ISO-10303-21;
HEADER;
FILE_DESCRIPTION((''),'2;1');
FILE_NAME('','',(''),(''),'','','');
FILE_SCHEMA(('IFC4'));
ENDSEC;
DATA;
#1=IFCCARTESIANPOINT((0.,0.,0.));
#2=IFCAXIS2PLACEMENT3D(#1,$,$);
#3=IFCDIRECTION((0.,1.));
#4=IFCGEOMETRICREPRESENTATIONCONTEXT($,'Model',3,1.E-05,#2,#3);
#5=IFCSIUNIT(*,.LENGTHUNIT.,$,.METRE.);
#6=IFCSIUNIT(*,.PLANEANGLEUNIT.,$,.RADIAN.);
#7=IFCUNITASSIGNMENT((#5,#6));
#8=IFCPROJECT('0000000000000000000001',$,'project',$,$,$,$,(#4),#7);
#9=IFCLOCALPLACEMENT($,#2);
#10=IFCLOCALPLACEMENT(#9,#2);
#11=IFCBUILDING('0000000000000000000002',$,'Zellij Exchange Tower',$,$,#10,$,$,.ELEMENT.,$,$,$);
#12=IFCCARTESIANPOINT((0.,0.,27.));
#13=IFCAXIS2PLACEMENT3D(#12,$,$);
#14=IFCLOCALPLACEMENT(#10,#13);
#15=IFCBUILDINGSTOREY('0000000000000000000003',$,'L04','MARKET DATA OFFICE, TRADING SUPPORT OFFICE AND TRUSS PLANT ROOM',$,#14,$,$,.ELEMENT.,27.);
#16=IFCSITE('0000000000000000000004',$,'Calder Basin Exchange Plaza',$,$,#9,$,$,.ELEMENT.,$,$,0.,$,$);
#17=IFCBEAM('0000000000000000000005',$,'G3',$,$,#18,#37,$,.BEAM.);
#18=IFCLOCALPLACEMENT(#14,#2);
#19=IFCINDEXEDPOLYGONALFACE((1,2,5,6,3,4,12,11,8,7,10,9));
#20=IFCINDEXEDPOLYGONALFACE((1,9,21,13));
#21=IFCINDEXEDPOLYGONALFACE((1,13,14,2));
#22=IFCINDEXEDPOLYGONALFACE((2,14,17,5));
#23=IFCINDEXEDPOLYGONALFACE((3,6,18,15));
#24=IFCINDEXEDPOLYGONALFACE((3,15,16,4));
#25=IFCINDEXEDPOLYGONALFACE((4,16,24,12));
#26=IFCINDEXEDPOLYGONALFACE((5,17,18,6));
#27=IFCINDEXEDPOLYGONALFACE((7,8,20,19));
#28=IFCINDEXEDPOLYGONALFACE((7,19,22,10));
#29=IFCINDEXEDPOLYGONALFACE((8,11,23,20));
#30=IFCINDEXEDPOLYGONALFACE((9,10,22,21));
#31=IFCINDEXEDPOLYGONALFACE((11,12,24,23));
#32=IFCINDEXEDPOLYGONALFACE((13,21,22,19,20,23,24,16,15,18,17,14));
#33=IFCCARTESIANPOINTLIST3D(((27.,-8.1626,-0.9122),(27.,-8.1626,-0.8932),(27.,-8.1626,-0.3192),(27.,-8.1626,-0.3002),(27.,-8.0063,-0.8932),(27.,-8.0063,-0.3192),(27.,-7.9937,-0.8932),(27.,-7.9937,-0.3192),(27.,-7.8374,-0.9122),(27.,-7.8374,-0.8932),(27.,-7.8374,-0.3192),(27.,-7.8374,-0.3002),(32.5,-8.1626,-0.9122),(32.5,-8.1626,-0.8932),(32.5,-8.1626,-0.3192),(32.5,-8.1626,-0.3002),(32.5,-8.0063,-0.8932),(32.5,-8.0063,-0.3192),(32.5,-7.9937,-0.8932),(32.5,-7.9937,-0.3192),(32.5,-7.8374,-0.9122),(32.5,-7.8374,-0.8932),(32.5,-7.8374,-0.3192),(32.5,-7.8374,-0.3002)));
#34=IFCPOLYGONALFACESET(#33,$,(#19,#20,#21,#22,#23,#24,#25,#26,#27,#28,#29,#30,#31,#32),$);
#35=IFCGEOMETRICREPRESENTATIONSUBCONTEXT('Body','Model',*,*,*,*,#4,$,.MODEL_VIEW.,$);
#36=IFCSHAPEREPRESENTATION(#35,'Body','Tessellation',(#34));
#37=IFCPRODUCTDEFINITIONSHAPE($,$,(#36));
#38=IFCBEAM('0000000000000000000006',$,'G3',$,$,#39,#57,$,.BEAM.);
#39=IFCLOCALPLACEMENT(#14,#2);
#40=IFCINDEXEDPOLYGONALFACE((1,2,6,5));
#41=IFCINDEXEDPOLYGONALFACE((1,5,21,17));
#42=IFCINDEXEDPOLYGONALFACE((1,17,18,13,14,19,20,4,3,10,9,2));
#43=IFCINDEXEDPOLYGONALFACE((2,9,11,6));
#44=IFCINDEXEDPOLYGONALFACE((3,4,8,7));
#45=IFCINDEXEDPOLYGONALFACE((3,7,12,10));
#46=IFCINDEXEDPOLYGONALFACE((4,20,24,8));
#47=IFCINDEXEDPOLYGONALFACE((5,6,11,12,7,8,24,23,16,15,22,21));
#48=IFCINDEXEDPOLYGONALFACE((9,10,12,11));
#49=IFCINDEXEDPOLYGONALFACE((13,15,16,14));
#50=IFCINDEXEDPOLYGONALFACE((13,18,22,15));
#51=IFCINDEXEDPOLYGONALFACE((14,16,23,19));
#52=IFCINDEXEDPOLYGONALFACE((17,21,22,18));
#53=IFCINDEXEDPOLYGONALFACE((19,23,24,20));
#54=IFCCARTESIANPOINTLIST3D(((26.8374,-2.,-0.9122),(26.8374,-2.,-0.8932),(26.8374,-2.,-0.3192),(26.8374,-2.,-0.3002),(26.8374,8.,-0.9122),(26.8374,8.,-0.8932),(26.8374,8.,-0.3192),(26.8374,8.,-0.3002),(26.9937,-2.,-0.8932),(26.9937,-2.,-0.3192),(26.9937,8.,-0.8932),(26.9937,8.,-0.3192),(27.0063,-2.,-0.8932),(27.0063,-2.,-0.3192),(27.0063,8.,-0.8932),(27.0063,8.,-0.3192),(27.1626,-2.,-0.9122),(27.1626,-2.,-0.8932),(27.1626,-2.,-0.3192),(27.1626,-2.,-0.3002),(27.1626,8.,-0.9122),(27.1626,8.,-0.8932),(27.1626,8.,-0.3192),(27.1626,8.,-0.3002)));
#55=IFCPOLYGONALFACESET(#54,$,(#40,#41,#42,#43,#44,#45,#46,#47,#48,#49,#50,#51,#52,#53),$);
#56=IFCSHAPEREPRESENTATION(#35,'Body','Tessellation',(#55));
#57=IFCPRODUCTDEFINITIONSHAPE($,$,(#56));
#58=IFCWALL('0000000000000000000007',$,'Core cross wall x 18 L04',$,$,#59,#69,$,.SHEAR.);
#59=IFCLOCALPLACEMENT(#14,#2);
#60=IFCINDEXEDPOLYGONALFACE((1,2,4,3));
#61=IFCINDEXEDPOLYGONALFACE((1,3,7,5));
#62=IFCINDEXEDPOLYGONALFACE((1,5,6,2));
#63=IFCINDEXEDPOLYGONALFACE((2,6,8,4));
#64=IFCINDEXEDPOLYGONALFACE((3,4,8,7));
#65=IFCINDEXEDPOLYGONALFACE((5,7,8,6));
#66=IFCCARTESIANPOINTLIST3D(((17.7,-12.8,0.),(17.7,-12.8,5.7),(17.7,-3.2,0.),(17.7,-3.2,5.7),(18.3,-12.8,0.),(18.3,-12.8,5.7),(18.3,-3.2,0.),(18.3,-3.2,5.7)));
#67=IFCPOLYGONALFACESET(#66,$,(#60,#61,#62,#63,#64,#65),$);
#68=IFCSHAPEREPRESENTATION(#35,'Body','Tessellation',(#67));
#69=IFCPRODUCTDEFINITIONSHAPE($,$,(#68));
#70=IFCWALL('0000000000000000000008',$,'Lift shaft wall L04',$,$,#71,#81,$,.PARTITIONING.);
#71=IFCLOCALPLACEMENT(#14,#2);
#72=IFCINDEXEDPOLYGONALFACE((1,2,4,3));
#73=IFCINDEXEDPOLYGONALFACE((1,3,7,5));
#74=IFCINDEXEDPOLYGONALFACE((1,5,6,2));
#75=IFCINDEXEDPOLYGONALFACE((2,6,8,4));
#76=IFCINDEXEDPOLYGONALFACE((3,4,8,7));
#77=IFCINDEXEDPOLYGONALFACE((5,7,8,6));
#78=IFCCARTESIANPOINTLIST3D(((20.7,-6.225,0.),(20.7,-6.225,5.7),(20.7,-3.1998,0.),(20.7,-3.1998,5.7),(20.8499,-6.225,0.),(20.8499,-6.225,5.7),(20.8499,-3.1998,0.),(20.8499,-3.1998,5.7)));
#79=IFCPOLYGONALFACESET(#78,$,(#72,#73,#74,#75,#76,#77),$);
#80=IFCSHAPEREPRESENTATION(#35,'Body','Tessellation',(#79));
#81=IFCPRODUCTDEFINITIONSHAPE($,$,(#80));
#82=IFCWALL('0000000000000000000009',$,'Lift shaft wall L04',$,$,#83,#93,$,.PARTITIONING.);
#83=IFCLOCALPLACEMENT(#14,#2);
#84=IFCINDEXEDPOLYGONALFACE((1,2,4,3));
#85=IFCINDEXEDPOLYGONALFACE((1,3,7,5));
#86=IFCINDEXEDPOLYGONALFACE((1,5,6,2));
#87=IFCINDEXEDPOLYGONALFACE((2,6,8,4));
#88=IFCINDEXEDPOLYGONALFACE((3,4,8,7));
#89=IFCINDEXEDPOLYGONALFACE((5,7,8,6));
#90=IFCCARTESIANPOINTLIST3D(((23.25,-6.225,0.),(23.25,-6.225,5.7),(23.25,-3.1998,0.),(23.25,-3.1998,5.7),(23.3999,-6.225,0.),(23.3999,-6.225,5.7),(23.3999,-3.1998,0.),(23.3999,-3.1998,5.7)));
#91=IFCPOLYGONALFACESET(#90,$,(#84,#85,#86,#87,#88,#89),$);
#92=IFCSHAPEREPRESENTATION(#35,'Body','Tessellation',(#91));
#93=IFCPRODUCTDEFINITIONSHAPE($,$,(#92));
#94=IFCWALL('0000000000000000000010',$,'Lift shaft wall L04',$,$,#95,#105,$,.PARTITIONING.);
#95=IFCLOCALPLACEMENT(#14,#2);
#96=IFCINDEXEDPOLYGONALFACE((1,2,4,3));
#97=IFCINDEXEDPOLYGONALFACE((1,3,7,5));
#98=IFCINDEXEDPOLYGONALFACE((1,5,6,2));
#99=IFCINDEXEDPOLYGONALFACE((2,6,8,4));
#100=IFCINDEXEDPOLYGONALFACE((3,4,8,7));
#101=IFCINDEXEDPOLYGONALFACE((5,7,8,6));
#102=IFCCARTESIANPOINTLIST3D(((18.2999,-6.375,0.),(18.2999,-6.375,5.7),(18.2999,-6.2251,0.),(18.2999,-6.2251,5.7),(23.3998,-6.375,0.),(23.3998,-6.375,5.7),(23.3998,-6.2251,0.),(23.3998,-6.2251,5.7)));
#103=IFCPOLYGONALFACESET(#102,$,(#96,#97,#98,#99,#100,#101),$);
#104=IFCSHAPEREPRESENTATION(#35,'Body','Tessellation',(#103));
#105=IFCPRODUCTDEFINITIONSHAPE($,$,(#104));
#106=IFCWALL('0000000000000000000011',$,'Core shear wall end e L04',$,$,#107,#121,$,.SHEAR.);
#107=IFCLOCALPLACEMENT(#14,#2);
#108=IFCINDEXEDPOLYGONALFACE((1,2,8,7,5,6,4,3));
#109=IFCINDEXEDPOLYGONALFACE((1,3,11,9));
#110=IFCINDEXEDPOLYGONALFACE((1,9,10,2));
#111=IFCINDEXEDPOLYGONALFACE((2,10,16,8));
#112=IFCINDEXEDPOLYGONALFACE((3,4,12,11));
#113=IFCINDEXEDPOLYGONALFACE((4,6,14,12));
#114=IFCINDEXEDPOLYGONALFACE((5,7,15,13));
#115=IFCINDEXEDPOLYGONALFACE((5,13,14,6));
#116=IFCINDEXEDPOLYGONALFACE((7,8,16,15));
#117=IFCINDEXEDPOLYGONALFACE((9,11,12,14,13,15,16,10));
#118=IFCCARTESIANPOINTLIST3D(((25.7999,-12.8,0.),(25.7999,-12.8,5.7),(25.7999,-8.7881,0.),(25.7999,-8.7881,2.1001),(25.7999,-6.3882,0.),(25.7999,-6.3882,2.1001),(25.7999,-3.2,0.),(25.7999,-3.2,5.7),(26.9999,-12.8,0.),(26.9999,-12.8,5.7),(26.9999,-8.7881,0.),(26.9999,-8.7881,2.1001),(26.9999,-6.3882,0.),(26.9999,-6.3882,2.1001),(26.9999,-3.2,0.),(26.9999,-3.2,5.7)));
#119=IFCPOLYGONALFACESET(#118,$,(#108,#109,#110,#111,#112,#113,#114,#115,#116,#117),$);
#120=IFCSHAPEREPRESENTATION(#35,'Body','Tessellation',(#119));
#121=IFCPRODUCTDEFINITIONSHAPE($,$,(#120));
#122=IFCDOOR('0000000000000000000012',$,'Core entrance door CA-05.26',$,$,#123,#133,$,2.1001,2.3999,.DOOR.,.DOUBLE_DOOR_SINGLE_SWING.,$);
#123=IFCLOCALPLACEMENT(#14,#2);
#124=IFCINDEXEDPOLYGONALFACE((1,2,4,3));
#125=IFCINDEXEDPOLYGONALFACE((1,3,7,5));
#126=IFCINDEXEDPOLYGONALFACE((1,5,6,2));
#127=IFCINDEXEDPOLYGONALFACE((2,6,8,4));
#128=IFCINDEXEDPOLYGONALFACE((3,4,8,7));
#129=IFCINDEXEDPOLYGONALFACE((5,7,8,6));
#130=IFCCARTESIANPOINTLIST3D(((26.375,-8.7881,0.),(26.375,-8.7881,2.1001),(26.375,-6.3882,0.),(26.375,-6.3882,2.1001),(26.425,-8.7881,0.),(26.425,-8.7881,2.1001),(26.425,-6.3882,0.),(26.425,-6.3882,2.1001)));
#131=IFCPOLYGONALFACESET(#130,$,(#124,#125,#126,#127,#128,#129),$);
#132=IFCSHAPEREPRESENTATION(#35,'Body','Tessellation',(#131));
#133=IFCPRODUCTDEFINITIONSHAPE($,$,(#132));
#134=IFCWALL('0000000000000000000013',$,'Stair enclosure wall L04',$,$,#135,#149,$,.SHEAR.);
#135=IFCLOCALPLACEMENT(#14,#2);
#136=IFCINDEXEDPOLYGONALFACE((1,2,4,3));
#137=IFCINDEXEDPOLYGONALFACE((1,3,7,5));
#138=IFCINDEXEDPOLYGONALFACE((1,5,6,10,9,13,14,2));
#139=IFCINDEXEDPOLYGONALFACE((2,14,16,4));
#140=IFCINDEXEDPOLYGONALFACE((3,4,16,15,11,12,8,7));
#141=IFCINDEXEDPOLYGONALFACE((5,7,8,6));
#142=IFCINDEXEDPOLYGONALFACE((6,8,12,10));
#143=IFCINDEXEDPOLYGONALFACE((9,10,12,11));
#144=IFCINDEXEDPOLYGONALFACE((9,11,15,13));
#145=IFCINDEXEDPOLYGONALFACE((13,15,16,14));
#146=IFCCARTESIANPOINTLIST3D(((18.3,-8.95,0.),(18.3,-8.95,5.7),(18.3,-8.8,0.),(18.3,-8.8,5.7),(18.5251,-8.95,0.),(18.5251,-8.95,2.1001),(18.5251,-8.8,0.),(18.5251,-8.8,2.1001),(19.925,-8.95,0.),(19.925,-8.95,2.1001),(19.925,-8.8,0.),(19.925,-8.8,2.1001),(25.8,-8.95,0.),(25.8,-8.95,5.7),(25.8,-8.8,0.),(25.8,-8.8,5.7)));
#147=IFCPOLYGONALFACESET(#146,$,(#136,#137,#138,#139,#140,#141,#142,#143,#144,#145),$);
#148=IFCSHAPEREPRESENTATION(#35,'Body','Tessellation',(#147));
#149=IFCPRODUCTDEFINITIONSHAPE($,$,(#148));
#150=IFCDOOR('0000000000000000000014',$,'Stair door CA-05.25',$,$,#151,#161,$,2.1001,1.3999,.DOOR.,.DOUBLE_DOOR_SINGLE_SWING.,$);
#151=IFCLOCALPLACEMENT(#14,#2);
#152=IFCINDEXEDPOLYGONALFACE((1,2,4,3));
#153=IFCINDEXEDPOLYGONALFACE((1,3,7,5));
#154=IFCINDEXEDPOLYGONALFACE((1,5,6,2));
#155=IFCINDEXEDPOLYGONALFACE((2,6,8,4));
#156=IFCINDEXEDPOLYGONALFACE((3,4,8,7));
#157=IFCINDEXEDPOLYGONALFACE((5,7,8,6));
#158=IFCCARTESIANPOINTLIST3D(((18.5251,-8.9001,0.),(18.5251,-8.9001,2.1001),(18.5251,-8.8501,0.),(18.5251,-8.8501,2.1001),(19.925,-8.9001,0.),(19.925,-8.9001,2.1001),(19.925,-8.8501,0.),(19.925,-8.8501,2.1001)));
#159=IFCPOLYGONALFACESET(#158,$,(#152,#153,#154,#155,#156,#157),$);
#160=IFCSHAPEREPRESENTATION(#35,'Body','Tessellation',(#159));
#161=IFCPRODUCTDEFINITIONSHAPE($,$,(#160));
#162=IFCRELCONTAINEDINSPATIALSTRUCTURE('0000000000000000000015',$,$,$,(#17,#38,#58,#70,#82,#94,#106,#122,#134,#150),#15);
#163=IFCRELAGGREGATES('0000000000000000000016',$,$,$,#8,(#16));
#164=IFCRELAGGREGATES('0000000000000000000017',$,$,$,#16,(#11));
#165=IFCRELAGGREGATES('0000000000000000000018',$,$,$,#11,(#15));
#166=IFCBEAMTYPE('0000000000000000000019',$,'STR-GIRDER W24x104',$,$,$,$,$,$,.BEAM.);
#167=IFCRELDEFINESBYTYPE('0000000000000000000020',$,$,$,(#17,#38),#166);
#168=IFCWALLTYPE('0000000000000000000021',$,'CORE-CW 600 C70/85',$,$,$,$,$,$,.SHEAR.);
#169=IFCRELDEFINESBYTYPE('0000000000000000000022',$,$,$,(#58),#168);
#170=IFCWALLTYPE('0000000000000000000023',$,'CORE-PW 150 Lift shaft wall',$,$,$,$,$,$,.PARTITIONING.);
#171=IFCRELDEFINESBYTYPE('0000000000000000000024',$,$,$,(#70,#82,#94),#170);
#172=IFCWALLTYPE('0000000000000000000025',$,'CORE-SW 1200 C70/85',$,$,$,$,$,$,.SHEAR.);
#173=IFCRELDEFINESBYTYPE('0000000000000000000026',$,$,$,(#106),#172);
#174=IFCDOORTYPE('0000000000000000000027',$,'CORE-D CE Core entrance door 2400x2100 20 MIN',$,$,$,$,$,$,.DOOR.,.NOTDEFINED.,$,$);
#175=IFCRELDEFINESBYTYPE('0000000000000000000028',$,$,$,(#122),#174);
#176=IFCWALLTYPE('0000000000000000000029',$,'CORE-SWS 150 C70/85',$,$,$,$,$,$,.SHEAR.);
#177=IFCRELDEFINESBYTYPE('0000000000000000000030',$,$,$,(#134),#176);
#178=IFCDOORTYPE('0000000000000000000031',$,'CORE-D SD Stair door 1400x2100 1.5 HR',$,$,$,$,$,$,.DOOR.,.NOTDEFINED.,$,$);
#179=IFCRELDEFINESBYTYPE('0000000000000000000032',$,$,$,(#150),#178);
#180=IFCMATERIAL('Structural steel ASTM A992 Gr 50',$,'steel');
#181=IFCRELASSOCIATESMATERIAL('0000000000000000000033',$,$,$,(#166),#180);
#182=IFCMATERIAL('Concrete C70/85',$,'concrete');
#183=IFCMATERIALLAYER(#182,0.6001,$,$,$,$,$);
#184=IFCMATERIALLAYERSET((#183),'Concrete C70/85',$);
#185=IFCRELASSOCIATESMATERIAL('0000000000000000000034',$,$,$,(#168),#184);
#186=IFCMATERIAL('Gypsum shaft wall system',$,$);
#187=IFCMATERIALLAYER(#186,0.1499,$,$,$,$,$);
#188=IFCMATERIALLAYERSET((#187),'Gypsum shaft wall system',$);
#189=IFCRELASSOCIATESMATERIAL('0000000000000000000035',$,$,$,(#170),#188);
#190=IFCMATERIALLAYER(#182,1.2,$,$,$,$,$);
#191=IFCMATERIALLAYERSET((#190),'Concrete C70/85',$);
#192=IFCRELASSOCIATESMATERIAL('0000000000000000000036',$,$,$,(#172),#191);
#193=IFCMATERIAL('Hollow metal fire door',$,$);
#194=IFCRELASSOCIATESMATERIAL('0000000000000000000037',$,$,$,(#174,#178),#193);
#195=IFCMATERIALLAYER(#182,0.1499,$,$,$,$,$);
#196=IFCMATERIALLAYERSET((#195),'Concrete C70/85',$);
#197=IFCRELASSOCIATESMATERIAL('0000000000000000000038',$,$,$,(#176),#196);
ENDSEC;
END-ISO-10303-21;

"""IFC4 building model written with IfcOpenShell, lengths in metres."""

from ifc_helpers import new_model, si_unit, direction, frame, frame_2d, origin, origin_2d, place, context, subcontext, project, spatial, rectangle, i_section, extrude, material, layer, layer_set, material_profile, profile_set, type_object, element, fill, save


model = new_model("IFC4")

# Units and contexts
model_context = context("Model", 3, precision=1e-05, world=origin(), true_north=direction((0.0, 1.0)))
body_context = subcontext(model_context, "Body", "Model", "MODEL_VIEW")
ifc_project = project(units=[si_unit("LENGTHUNIT", "METRE"), si_unit("PLANEANGLEUNIT", "RADIAN")], contexts=[model_context])

# Site, building, storey
site_placement = place(None, origin())
site = spatial("IfcSite", under=ifc_project, at=site_placement, Name="Calder Basin Exchange Plaza", CompositionType="ELEMENT", RefElevation=0.0)
building_placement = place(site_placement, origin())
building = spatial("IfcBuilding", under=site, at=building_placement, Name="Zellij Exchange Tower", CompositionType="ELEMENT")
storey_placement = place(building_placement, frame((0.0, 0.0, 27.0)))
storey = spatial("IfcBuildingStorey", under=building, at=storey_placement, Name="L04", Description="MARKET DATA OFFICE, TRADING SUPPORT OFFICE AND TRUSS PLANT ROOM", CompositionType="ELEMENT", Elevation=27.0)

# Shared definitions
ifc_material_1 = material(Name="Concrete C70/85", Category="concrete")

# Beams
ifc_material_2 = material(Name="Structural steel ASTM A992 Gr 50", Category="steel")
ifc_material_profile_1 = material_profile(ifc_material_2, i_section(OverallWidth=0.3252, OverallDepth=0.6121, WebThickness=0.0127, FlangeThickness=0.019, at=origin_2d()), Name="W24x104")
ifc_profile_set_1 = profile_set([ifc_material_profile_1], Name="Structural steel ASTM A992 Gr 50")
beam_type_1 = type_object("IfcBeamType", Name="STR-GIRDER W24x104", PredefinedType="BEAM", material=ifc_profile_set_1)
beam_1_placement = place(storey_placement, frame((27.0, -8.0, -0.6062), z_axis=(1.0, 0.0, 0.0), x_axis=(0.0, 1.0, 0.0)))
element("IfcBeam", 1, at=beam_1_placement, inside=storey, type_object=beam_type_1, Name="G3", PredefinedType="BEAM", context=body_context, shape_type="SweptSolid", body=[
    extrude(i_section(OverallWidth=0.3252, OverallDepth=0.6121, WebThickness=0.0127, FlangeThickness=0.019, at=origin_2d()), origin(), (0.0, 0.0, 1.0), 5.5),
])
beam_2_placement = place(storey_placement, frame((27.0, -2.0, -0.6062), z_axis=(0.0, 1.0, 0.0), x_axis=(-1.0, 0.0, 0.0)))
element("IfcBeam", 2, at=beam_2_placement, inside=storey, type_object=beam_type_1, Name="G3", PredefinedType="BEAM", context=body_context, shape_type="SweptSolid", body=[
    extrude(i_section(OverallWidth=0.3252, OverallDepth=0.6121, WebThickness=0.0127, FlangeThickness=0.019, at=origin_2d()), origin(), (0.0, 0.0, 1.0), 10.0),
])

# Walls
ifc_layer_1 = layer(ifc_material_1, 0.6001)
ifc_layer_set_1 = layer_set([ifc_layer_1], Name="Concrete C70/85")
wall_type_1 = type_object("IfcWallType", Name="CORE-CW 600 C70/85", PredefinedType="SHEAR", material=ifc_layer_set_1)
wall_1_placement = place(storey_placement, frame((18.0, -12.8, 0.0), z_axis=(0.0, 0.0, 1.0), x_axis=(0.0, 1.0, 0.0)))
element("IfcWall", 3, at=wall_1_placement, inside=storey, type_object=wall_type_1, Name="Core cross wall x 18 L04", PredefinedType="SHEAR", context=body_context, shape_type="SweptSolid", body=[
    extrude(rectangle(XDim=9.6001, YDim=0.6001, at=frame_2d((4.8, 0.0))), origin(), (0.0, 0.0, 1.0), 5.7),
])
ifc_material_3 = material(Name="Gypsum shaft wall system")
ifc_layer_2 = layer(ifc_material_3, 0.1499)
ifc_layer_set_2 = layer_set([ifc_layer_2], Name="Gypsum shaft wall system")
wall_type_2 = type_object("IfcWallType", Name="CORE-PW 150 Lift shaft wall", PredefinedType="PARTITIONING", material=ifc_layer_set_2)
for number, where, z_axis, x_axis, name in (
    (4, (20.7749, -6.2251, 0.0), (0.0, 0.0, 1.0), (0.0, 1.0, 0.0), "Lift shaft wall L04"),
    (5, (23.325, -6.2251, 0.0), (0.0, 0.0, 1.0), (0.0, 1.0, 0.0), "Lift shaft wall L04"),
):
    element("IfcWall", number, at=place(storey_placement, frame(where, z_axis=z_axis, x_axis=x_axis)), inside=storey, type_object=wall_type_2, Name=name, PredefinedType="PARTITIONING", context=body_context, shape_type="SweptSolid", body=[
        extrude(rectangle(XDim=3.0251, YDim=0.1499, at=frame_2d((1.5127, 0.0))), origin(), (0.0, 0.0, 1.0), 5.7),
    ])
wall_2_placement = place(storey_placement, frame((18.3, -6.3, 0.0), z_axis=(0.0, 0.0, 1.0), x_axis=(1.0, 0.0, 0.0)))
element("IfcWall", 6, at=wall_2_placement, inside=storey, type_object=wall_type_2, Name="Lift shaft wall L04", PredefinedType="PARTITIONING", context=body_context, shape_type="SweptSolid", body=[
    extrude(rectangle(XDim=5.0999, YDim=0.1499, at=frame_2d((2.5498, 0.0))), origin(), (0.0, 0.0, 1.0), 5.7),
])

# Walls, openings, doors
ifc_layer_3 = layer(ifc_material_1, 1.2)
ifc_layer_set_3 = layer_set([ifc_layer_3], Name="Concrete C70/85")
wall_type_3 = type_object("IfcWallType", Name="CORE-SW 1200 C70/85", PredefinedType="SHEAR", material=ifc_layer_set_3)
wall_3_placement = place(storey_placement, frame((26.3999, -12.8, 0.0), z_axis=(0.0, 0.0, 1.0), x_axis=(0.0, 1.0, 0.0)))
wall_3 = element("IfcWall", 7, at=wall_3_placement, inside=storey, type_object=wall_type_3, Name="Core shear wall end e L04", PredefinedType="SHEAR", context=body_context, shape_type="SweptSolid", body=[
    extrude(rectangle(XDim=9.6001, YDim=1.2, at=frame_2d((4.8, 0.0))), origin(), (0.0, 0.0, 1.0), 5.7),
])
opening_1_placement = place(wall_3_placement, frame((4.012, 0.0, 0.0)))
opening_1 = element("IfcOpeningElement", 8, at=opening_1_placement, cuts=wall_3, PredefinedType="OPENING", context=body_context, shape_type="SweptSolid", body=[
    extrude(rectangle(XDim=2.3999, YDim=2.1001, at=frame_2d((1.2, 1.05))), frame((0.0, 0.6118, 0.0), z_axis=(0.0, -1.0, 0.0), x_axis=(1.0, 0.0, 0.0)), (0.0, 0.0, 1.0), 1.2239),
])
ifc_material_4 = material(Name="Hollow metal fire door")
door_type_1 = type_object("IfcDoorType", Name="CORE-D CE Core entrance door 2400x2100 20 MIN", OperationType="NOTDEFINED", PredefinedType="DOOR", material=ifc_material_4)
door_1_placement = place(opening_1_placement, origin())
door_1 = element("IfcDoor", 9, at=door_1_placement, inside=storey, type_object=door_type_1, Name="Core entrance door CA-05.26", OperationType="DOUBLE_DOOR_SINGLE_SWING", OverallHeight=2.1001, OverallWidth=2.3999, PredefinedType="DOOR", context=body_context, shape_type="SweptSolid", body=[
    extrude(rectangle(XDim=2.3999, YDim=2.1001, at=frame_2d((1.2, 1.05))), frame((0.0, 0.0249, 0.0), z_axis=(0.0, -1.0, 0.0), x_axis=(1.0, 0.0, 0.0)), (0.0, 0.0, 1.0), 0.05),
])
fill(opening_1, door_1)
ifc_layer_4 = layer(ifc_material_1, 0.1499)
ifc_layer_set_4 = layer_set([ifc_layer_4], Name="Concrete C70/85")
wall_type_4 = type_object("IfcWallType", Name="CORE-SWS 150 C70/85", PredefinedType="SHEAR", material=ifc_layer_set_4)
wall_4_placement = place(storey_placement, frame((18.3, -8.875, 0.0), z_axis=(0.0, 0.0, 1.0), x_axis=(1.0, 0.0, 0.0)))
wall_4 = element("IfcWall", 10, at=wall_4_placement, inside=storey, type_object=wall_type_4, Name="Stair enclosure wall L04", PredefinedType="SHEAR", context=body_context, shape_type="SweptSolid", body=[
    extrude(rectangle(XDim=7.5, YDim=0.1499, at=frame_2d((3.75, 0.0))), origin(), (0.0, 0.0, 1.0), 5.7),
])
opening_2_placement = place(wall_4_placement, frame((0.2251, 0.0, 0.0)))
opening_2 = element("IfcOpeningElement", 11, at=opening_2_placement, cuts=wall_4, PredefinedType="OPENING", context=body_context, shape_type="SweptSolid", body=[
    extrude(rectangle(XDim=1.3999, YDim=2.1001, at=frame_2d((0.7, 1.05))), frame((0.0, 0.0869, 0.0), z_axis=(0.0, -1.0, 0.0), x_axis=(1.0, 0.0, 0.0)), (0.0, 0.0, 1.0), 0.1738),
])
door_type_2 = type_object("IfcDoorType", Name="CORE-D SD Stair door 1400x2100 1.5 HR", OperationType="NOTDEFINED", PredefinedType="DOOR", material=ifc_material_4)
door_2_placement = place(opening_2_placement, origin())
door_2 = element("IfcDoor", 12, at=door_2_placement, inside=storey, type_object=door_type_2, Name="Stair door CA-05.25", OperationType="DOUBLE_DOOR_SINGLE_SWING", OverallHeight=2.1001, OverallWidth=1.3999, PredefinedType="DOOR", context=body_context, shape_type="SweptSolid", body=[
    extrude(rectangle(XDim=1.3999, YDim=2.1001, at=frame_2d((0.7, 1.05))), frame((0.0, 0.0249, 0.0), z_axis=(0.0, -1.0, 0.0), x_axis=(1.0, 0.0, 0.0)), (0.0, 0.0, 1.0), 0.05),
])
fill(opening_2, door_2)

save(model, "model.ifc")
